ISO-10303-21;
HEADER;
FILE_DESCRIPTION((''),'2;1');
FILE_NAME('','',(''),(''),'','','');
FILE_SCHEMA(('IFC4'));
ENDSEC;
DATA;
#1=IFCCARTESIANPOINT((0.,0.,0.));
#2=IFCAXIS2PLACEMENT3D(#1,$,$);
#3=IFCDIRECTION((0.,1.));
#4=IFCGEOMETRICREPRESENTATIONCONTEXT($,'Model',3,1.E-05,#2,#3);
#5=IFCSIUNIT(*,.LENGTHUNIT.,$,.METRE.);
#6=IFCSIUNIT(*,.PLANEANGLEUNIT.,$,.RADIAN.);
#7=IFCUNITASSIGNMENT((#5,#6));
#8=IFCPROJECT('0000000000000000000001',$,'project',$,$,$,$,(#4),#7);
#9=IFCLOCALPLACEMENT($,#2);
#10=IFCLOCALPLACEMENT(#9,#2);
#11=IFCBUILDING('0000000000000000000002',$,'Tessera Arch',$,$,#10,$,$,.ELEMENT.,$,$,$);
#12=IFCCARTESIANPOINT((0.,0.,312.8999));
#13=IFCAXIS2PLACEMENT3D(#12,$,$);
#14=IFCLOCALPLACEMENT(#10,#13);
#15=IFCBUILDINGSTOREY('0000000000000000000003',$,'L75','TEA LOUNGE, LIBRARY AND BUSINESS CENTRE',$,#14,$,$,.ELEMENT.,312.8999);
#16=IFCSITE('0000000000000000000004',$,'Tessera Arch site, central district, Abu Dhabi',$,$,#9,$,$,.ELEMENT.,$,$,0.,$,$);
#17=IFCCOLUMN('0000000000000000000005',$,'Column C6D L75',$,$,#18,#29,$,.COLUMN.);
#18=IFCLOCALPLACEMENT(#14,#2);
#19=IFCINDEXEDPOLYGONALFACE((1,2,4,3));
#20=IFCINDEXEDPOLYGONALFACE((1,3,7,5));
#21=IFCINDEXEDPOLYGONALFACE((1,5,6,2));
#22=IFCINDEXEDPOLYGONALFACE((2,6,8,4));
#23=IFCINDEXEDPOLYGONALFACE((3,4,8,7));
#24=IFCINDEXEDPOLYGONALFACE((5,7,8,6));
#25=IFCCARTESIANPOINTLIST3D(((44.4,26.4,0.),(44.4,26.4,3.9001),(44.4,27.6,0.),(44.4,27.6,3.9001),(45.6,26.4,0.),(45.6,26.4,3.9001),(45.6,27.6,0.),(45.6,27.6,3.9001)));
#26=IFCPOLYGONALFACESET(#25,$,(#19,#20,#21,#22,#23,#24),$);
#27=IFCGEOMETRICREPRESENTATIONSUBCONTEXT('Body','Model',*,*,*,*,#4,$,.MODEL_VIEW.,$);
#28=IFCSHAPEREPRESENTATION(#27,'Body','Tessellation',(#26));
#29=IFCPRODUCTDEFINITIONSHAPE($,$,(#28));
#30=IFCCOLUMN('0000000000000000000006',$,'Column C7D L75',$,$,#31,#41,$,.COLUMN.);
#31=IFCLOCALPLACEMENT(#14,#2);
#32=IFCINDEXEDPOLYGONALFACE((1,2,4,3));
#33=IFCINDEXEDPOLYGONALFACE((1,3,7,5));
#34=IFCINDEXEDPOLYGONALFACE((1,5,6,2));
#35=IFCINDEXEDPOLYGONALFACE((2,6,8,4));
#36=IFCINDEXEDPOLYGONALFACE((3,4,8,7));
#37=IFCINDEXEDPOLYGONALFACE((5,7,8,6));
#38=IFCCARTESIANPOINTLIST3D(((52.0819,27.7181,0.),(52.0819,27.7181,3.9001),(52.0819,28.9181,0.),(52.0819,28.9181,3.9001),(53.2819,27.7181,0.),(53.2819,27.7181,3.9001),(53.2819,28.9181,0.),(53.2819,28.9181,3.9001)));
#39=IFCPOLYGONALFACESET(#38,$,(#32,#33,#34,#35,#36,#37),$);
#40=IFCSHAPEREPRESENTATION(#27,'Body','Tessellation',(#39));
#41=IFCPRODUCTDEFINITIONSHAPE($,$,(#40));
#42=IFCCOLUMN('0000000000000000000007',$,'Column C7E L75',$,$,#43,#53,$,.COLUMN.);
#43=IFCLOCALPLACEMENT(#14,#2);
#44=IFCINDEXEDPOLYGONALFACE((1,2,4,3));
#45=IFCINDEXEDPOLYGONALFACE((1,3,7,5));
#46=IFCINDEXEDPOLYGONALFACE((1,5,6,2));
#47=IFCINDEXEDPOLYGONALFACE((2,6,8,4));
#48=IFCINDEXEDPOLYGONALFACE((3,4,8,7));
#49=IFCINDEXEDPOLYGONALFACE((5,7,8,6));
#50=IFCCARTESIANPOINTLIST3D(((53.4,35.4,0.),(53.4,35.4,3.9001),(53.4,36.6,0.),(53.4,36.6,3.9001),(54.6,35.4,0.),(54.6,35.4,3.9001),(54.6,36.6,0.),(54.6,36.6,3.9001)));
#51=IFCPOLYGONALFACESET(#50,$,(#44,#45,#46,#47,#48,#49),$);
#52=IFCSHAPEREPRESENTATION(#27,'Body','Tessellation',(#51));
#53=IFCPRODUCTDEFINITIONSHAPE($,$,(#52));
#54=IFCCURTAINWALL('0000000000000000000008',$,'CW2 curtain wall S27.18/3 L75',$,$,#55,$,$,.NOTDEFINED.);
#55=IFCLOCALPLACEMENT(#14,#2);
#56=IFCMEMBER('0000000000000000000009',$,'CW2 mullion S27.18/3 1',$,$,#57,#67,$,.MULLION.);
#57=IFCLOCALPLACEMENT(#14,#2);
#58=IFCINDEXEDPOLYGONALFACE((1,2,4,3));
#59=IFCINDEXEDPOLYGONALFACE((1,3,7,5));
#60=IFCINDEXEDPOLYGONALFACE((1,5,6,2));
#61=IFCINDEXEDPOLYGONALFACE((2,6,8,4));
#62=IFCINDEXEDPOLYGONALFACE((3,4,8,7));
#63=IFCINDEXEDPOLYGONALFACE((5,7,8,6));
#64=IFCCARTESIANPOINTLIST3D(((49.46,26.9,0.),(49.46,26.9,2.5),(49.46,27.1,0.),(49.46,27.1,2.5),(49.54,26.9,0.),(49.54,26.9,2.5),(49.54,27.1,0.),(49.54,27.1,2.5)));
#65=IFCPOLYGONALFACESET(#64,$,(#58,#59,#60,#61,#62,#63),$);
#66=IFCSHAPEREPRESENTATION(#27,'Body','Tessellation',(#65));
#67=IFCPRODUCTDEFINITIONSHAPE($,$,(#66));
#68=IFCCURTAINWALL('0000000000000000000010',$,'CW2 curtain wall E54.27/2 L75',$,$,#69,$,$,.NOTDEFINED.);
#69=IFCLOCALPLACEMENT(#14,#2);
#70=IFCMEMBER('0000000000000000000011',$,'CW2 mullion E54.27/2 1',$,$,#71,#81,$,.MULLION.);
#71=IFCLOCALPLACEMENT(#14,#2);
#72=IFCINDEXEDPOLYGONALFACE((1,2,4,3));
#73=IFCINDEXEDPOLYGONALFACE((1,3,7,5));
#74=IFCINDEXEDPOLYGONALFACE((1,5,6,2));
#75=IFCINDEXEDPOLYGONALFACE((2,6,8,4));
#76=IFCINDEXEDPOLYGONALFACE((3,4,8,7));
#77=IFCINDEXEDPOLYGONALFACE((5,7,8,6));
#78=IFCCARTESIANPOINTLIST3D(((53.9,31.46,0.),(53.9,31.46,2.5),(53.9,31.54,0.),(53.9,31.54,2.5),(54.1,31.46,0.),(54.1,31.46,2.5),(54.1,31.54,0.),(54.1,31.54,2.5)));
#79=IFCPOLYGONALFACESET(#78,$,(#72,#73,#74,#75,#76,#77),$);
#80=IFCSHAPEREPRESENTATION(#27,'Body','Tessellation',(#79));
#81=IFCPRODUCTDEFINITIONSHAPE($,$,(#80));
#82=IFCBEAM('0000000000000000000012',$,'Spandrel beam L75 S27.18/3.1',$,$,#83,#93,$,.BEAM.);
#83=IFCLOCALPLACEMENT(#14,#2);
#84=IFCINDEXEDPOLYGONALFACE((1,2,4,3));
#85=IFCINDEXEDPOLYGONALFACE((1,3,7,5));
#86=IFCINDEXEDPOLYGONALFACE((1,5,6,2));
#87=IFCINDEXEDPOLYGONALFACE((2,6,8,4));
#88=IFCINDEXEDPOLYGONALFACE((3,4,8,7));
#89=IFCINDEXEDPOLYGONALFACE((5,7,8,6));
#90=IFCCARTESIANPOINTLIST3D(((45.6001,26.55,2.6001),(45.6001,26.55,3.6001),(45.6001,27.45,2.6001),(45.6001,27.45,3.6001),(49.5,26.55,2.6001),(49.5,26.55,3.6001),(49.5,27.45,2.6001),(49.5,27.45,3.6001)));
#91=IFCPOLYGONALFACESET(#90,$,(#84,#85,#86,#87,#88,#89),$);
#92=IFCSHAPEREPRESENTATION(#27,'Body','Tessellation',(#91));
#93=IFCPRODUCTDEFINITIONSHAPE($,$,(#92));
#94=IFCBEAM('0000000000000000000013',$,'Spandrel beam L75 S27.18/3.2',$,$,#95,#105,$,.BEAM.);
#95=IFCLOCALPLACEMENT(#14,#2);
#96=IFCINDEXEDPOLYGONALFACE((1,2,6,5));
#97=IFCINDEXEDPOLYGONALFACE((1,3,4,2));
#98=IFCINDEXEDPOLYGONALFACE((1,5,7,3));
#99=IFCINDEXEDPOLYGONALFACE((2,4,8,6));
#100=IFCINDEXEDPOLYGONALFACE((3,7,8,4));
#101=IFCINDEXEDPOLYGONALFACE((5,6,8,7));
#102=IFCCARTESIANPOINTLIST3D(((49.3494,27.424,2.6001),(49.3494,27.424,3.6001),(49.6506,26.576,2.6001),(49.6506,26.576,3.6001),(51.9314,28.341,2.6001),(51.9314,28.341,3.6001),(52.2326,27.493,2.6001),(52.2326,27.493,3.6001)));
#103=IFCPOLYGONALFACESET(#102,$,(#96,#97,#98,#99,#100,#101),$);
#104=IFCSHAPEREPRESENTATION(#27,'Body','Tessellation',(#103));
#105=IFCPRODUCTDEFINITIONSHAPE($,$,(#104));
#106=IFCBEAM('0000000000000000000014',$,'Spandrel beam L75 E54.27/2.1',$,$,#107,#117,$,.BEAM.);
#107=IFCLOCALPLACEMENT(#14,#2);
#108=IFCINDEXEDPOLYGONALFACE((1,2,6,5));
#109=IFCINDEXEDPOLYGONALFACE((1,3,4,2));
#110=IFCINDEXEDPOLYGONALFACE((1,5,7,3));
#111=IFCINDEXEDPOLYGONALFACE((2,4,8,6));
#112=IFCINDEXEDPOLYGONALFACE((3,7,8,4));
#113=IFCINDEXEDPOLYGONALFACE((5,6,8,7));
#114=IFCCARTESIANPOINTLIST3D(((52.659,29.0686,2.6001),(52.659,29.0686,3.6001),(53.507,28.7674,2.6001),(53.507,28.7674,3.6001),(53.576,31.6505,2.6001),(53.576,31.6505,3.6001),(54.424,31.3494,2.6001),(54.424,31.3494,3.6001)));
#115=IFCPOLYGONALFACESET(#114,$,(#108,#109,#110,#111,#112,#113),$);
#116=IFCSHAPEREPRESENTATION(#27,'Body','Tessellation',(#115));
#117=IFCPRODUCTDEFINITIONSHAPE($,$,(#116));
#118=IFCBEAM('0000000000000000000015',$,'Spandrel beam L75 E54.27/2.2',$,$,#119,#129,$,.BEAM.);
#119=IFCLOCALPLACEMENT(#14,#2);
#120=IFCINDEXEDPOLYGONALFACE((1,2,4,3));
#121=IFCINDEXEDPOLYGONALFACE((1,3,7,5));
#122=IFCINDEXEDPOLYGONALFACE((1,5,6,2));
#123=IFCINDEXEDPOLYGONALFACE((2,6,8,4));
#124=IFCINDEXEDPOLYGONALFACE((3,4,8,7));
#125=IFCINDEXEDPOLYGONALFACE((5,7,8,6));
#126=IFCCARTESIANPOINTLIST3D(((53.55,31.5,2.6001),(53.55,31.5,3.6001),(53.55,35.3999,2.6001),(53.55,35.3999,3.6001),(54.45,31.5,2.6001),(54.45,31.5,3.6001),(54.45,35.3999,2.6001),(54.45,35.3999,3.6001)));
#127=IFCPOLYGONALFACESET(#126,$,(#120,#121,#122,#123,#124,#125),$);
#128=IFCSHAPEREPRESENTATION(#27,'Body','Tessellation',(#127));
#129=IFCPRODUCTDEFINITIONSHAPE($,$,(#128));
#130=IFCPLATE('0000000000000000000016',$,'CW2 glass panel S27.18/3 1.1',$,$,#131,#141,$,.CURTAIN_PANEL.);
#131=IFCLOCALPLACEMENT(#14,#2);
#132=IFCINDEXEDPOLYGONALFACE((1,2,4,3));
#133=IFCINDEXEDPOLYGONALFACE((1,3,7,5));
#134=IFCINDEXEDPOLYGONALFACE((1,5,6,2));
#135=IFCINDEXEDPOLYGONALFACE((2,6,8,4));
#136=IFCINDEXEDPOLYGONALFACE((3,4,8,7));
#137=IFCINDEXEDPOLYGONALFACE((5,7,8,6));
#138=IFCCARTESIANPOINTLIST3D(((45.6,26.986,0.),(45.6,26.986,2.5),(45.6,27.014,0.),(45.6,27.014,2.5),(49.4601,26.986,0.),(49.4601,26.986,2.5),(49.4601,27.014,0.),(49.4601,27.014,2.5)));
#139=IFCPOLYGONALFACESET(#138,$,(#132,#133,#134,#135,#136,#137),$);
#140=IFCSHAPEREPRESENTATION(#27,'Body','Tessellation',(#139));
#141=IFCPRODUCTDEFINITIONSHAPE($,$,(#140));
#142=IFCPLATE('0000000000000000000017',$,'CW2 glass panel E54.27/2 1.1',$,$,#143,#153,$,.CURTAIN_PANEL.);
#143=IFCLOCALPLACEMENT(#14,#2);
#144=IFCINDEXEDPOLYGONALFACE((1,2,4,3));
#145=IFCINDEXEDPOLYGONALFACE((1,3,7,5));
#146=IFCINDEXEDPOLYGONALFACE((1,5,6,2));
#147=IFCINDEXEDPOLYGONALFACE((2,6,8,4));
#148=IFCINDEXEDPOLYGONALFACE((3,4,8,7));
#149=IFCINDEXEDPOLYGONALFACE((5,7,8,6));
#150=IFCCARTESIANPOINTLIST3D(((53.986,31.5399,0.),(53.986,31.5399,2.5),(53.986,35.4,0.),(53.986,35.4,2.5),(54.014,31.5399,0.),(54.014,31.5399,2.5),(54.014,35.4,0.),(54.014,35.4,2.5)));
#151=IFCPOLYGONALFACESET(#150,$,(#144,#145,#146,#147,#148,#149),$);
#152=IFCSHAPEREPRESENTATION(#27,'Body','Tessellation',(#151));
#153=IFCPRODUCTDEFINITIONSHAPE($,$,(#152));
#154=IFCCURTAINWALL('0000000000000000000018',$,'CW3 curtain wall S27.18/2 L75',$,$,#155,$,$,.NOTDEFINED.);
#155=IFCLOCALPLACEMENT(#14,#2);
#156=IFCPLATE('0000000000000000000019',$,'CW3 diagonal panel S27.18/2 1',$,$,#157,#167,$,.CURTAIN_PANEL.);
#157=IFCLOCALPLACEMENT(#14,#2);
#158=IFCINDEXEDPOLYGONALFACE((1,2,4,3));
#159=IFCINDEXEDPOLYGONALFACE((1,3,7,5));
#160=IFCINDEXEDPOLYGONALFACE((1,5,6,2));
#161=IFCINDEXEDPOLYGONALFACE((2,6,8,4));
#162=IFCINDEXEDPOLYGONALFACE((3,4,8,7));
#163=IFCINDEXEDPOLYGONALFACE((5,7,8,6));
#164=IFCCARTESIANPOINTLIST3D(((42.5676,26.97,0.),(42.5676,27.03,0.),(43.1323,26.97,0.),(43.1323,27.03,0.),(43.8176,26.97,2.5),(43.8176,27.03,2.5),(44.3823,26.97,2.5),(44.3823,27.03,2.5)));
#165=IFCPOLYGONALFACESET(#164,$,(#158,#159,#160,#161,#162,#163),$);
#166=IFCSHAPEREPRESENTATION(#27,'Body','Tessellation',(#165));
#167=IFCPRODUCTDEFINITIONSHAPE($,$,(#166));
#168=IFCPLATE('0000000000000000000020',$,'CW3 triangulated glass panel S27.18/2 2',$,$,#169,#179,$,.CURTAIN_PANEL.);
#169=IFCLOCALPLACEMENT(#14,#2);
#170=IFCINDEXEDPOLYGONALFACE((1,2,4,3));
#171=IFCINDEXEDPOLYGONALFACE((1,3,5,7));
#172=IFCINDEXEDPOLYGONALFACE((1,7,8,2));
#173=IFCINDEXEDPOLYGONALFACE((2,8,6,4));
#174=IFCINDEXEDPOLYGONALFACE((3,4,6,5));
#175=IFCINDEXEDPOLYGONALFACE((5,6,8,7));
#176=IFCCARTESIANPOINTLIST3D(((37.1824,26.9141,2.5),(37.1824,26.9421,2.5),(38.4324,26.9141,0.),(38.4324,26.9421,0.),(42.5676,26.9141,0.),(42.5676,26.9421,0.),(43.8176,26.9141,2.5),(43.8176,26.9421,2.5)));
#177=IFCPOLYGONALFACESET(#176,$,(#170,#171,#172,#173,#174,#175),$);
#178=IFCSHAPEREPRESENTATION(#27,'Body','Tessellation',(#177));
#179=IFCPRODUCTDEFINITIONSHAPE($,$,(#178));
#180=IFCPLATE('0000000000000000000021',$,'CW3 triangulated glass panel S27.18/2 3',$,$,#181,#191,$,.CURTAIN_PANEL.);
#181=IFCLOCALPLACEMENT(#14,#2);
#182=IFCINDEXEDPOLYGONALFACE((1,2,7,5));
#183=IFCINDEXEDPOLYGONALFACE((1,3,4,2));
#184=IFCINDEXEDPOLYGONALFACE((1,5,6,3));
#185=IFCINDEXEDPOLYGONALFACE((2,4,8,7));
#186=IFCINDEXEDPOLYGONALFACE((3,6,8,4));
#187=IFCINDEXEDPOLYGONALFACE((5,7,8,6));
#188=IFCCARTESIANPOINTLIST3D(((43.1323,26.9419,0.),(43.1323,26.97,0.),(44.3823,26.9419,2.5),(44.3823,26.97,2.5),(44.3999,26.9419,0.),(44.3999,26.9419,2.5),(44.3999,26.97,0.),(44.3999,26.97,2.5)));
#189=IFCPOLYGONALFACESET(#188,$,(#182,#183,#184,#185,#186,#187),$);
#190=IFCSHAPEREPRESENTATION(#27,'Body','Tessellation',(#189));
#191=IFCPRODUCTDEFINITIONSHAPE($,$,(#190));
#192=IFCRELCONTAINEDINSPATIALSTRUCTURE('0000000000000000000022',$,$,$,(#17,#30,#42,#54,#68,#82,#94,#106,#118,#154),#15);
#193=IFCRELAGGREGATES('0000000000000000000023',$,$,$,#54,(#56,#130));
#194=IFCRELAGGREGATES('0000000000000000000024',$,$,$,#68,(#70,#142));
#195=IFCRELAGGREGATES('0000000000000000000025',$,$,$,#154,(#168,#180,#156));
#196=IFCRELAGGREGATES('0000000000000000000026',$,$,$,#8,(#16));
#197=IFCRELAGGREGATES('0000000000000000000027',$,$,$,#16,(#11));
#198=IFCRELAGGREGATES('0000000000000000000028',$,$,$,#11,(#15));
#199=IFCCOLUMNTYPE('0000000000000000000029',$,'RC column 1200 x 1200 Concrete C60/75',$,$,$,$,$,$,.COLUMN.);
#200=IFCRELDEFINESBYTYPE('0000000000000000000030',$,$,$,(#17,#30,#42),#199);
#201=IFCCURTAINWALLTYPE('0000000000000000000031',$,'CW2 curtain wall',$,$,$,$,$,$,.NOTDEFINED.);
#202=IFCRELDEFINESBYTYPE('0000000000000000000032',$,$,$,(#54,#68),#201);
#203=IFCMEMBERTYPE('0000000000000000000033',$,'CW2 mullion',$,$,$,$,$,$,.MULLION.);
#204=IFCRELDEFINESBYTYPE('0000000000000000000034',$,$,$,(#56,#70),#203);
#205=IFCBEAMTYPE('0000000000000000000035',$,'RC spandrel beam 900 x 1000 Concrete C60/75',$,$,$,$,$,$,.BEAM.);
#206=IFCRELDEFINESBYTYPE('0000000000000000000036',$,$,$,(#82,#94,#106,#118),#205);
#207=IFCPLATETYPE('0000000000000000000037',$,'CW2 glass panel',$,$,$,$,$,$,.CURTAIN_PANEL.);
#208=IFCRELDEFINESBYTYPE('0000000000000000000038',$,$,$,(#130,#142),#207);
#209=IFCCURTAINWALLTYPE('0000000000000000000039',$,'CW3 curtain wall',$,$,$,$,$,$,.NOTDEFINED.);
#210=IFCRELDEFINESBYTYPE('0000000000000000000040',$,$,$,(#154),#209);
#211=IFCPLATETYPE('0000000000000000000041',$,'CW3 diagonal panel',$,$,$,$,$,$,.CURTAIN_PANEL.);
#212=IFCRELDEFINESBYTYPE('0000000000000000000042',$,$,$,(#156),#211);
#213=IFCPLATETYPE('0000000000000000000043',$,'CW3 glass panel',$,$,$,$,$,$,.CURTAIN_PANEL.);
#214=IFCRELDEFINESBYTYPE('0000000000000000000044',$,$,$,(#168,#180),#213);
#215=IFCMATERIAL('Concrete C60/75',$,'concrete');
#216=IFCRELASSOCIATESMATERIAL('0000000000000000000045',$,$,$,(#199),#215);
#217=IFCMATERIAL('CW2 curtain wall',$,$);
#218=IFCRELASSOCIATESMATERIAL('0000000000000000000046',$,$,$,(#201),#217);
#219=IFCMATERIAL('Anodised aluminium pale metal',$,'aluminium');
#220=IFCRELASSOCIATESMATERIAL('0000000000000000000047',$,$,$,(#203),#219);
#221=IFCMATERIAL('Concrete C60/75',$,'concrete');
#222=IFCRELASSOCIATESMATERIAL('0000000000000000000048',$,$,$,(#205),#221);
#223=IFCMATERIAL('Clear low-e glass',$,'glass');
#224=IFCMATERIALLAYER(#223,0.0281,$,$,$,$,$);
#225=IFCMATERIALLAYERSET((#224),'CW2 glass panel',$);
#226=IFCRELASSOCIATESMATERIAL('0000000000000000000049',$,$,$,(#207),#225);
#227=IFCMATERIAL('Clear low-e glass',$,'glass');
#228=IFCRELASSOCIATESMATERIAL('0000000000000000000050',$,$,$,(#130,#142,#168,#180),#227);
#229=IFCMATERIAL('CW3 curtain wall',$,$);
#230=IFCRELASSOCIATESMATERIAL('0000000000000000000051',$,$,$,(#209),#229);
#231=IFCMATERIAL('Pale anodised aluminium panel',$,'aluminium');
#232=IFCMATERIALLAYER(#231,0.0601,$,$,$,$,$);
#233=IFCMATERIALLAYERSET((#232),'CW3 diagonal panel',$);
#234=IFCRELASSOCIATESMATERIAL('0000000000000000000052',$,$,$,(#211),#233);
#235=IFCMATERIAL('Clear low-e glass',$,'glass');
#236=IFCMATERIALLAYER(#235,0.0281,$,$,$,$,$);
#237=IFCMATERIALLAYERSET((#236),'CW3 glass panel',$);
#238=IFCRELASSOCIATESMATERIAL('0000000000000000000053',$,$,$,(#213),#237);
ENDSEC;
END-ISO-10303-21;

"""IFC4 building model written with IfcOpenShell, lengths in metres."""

from ifc_helpers import new_model, si_unit, direction, frame, origin, origin_2d, place, context, subcontext, project, spatial, polyline, rectangle, outline, extrude, material, layer, layer_set, material_profile, profile_set, type_object, element, aggregate, save


model = new_model("IFC4")

# Units and contexts
model_context = context("Model", 3, precision=1e-05, world=origin(), true_north=direction((0.0, 1.0)))
body_context = subcontext(model_context, "Body", "Model", "MODEL_VIEW")
ifc_project = project(units=[si_unit("LENGTHUNIT", "METRE"), si_unit("PLANEANGLEUNIT", "RADIAN")], contexts=[model_context])

# Site, building, storey
site_placement = place(None, origin())
site = spatial("IfcSite", under=ifc_project, at=site_placement, Name="Tessera Arch site, central district, Abu Dhabi", CompositionType="ELEMENT", RefElevation=0.0)
building_placement = place(site_placement, origin())
building = spatial("IfcBuilding", under=site, at=building_placement, Name="Tessera Arch", CompositionType="ELEMENT")
storey_placement = place(building_placement, frame((0.0, 0.0, 312.8999)))
storey = spatial("IfcBuildingStorey", under=building, at=storey_placement, Name="L75", Description="TEA LOUNGE, LIBRARY AND BUSINESS CENTRE", CompositionType="ELEMENT", Elevation=312.8999)

# Columns
ifc_material_1 = material(Name="Concrete C60/75", Category="concrete")
ifc_material_profile_1 = material_profile(ifc_material_1, rectangle(XDim=1.2, YDim=1.2, at=origin_2d()), Name="RC column 1200 x 1200 Concrete C60/75")
ifc_profile_set_1 = profile_set([ifc_material_profile_1], Name="Concrete C60/75")
column_type = type_object("IfcColumnType", Name="RC column 1200 x 1200 Concrete C60/75", PredefinedType="COLUMN", material=ifc_profile_set_1)
for number, where, z_axis, x_axis, name in (
    (1, (45.0, 27.0, 0.0), (0.0, 0.0, 1.0), (1.0, 0.0, 0.0), "Column C6D L75"),
    (2, (52.6819, 28.3181, 0.0), (0.0, 0.0, 1.0), (1.0, 0.0, 0.0), "Column C7D L75"),
    (3, (54.0, 36.0, 0.0), (0.0, 0.0, 1.0), (1.0, 0.0, 0.0), "Column C7E L75"),
):
    element("IfcColumn", number, at=place(storey_placement, frame(where, z_axis=z_axis, x_axis=x_axis)), inside=storey, type_object=column_type, Name=name, PredefinedType="COLUMN", context=body_context, shape_type="SweptSolid", body=[
        extrude(rectangle(XDim=1.2, YDim=1.2, at=origin_2d()), origin(), (0.0, 0.0, 1.0), 3.9001),
    ])

# Curtain walls, members
ifc_material_2 = material(Name="CW2 curtain wall")
curtain_wall_type_1 = type_object("IfcCurtainWallType", Name="CW2 curtain wall", PredefinedType="NOTDEFINED", material=ifc_material_2)
curtain_wall_1_placement = place(storey_placement, origin())
curtain_wall_1 = element("IfcCurtainWall", 4, at=curtain_wall_1_placement, inside=storey, type_object=curtain_wall_type_1, Name="CW2 curtain wall S27.18/3 L75", PredefinedType="NOTDEFINED")
ifc_material_3 = material(Name="Anodised aluminium pale metal", Category="aluminium")
ifc_material_profile_2 = material_profile(ifc_material_3, rectangle(XDim=0.2, YDim=0.0801, at=origin_2d()), Name="AL 80x200")
ifc_profile_set_2 = profile_set([ifc_material_profile_2], Name="Anodised aluminium pale metal")
member_type = type_object("IfcMemberType", Name="CW2 mullion", PredefinedType="MULLION", material=ifc_profile_set_2)
member_1_placement = place(storey_placement, frame((49.5, 27.0, 0.0), z_axis=(0.0, 0.0, 1.0), x_axis=(0.0, 1.0, 0.0)))
member_1 = element("IfcMember", 5, at=member_1_placement, type_object=member_type, Name="CW2 mullion S27.18/3 1", PredefinedType="MULLION", context=body_context, shape_type="SweptSolid", body=[
    extrude(rectangle(XDim=0.2, YDim=0.0801, at=origin_2d()), origin(), (0.0, 0.0, 1.0), 2.5),
])
curtain_wall_2_placement = place(storey_placement, origin())
curtain_wall_2 = element("IfcCurtainWall", 6, at=curtain_wall_2_placement, inside=storey, type_object=curtain_wall_type_1, Name="CW2 curtain wall E54.27/2 L75", PredefinedType="NOTDEFINED")
member_2_placement = place(storey_placement, frame((54.0, 31.5, 0.0), z_axis=(0.0, 0.0, 1.0), x_axis=(-1.0, 0.0, 0.0)))
member_2 = element("IfcMember", 7, at=member_2_placement, type_object=member_type, Name="CW2 mullion E54.27/2 1", PredefinedType="MULLION", context=body_context, shape_type="SweptSolid", body=[
    extrude(rectangle(XDim=0.2, YDim=0.0801, at=origin_2d()), origin(), (0.0, 0.0, 1.0), 2.5),
])

# Beams
ifc_material_4 = material(Name="Concrete C60/75", Category="concrete")
ifc_material_profile_3 = material_profile(ifc_material_4, rectangle(XDim=0.8999, YDim=1.0, at=origin_2d()), Name="RC spandrel beam 900 x 1000 Concrete C60/75")
ifc_profile_set_3 = profile_set([ifc_material_profile_3], Name="Concrete C60/75")
beam_type = type_object("IfcBeamType", Name="RC spandrel beam 900 x 1000 Concrete C60/75", PredefinedType="BEAM", material=ifc_profile_set_3)
beam_1_placement = place(storey_placement, frame((45.6001, 27.0, 3.1001), z_axis=(1.0, 0.0, 0.0), x_axis=(0.0, 1.0, 0.0)))
element("IfcBeam", 8, at=beam_1_placement, inside=storey, type_object=beam_type, Name="Spandrel beam L75 S27.18/3.1", PredefinedType="BEAM", context=body_context, shape_type="SweptSolid", body=[
    extrude(rectangle(XDim=0.8999, YDim=1.0, at=origin_2d()), origin(), (0.0, 0.0, 1.0), 3.8999),
])
for number, where, z_axis, x_axis, name in (
    (9, (49.5, 27.0, 3.1001), (0.942337, 0.334665, 0.0), (-0.334665, 0.942337, 0.0), "Spandrel beam L75 S27.18/3.2"),
    (10, (53.083, 28.918, 3.1001), (0.334665, 0.942337, 0.0), (-0.942337, 0.334665, 0.0), "Spandrel beam L75 E54.27/2.1"),
):
    element("IfcBeam", number, at=place(storey_placement, frame(where, z_axis=z_axis, x_axis=x_axis)), inside=storey, type_object=beam_type, Name=name, PredefinedType="BEAM", context=body_context, shape_type="SweptSolid", body=[
        extrude(rectangle(XDim=0.8999, YDim=1.0, at=origin_2d()), origin(), (0.0, 0.0, 1.0), 2.74),
    ])
beam_2_placement = place(storey_placement, frame((54.0, 31.5, 3.1001), z_axis=(0.0, 1.0, 0.0), x_axis=(-1.0, 0.0, 0.0)))
element("IfcBeam", 11, at=beam_2_placement, inside=storey, type_object=beam_type, Name="Spandrel beam L75 E54.27/2.2", PredefinedType="BEAM", context=body_context, shape_type="SweptSolid", body=[
    extrude(rectangle(XDim=0.8999, YDim=1.0, at=origin_2d()), origin(), (0.0, 0.0, 1.0), 3.8999),
])

# Plates
ifc_material_5 = material(Name="Clear low-e glass", Category="glass")
ifc_material_6 = material(Name="Clear low-e glass", Category="glass")
ifc_layer_1 = layer(ifc_material_6, 0.0281)
ifc_layer_set_1 = layer_set([ifc_layer_1], Name="CW2 glass panel")
plate_type_1 = type_object("IfcPlateType", Name="CW2 glass panel", PredefinedType="CURTAIN_PANEL", material=ifc_layer_set_1)
plate_1_placement = place(storey_placement, frame((47.53, 27.0, 0.0), z_axis=(0.0, 0.0, 1.0), x_axis=(1.0, 0.0, 0.0)))
plate_1 = element("IfcPlate", 12, at=plate_1_placement, type_object=plate_type_1, material=ifc_material_5, Name="CW2 glass panel S27.18/3 1.1", PredefinedType="CURTAIN_PANEL", context=body_context, shape_type="SweptSolid", body=[
    extrude(rectangle(XDim=3.8601, YDim=0.0281, at=origin_2d()), origin(), (0.0, 0.0, 1.0), 2.5),
])
aggregate(curtain_wall_1, [member_1, plate_1])
plate_2_placement = place(storey_placement, frame((54.0, 33.47, 0.0), z_axis=(0.0, 0.0, 1.0), x_axis=(0.0, 1.0, 0.0)))
plate_2 = element("IfcPlate", 13, at=plate_2_placement, type_object=plate_type_1, material=ifc_material_5, Name="CW2 glass panel E54.27/2 1.1", PredefinedType="CURTAIN_PANEL", context=body_context, shape_type="SweptSolid", body=[
    extrude(rectangle(XDim=3.8601, YDim=0.0281, at=origin_2d()), origin(), (0.0, 0.0, 1.0), 2.5),
])
aggregate(curtain_wall_2, [member_2, plate_2])

# Curtain wall, plates
ifc_material_7 = material(Name="CW3 curtain wall")
curtain_wall_type_2 = type_object("IfcCurtainWallType", Name="CW3 curtain wall", PredefinedType="NOTDEFINED", material=ifc_material_7)
curtain_wall_3_placement = place(storey_placement, origin())
curtain_wall_3 = element("IfcCurtainWall", 14, at=curtain_wall_3_placement, inside=storey, type_object=curtain_wall_type_2, Name="CW3 curtain wall S27.18/2 L75", PredefinedType="NOTDEFINED")
ifc_material_8 = material(Name="Pale anodised aluminium panel", Category="aluminium")
ifc_layer_2 = layer(ifc_material_8, 0.0601)
ifc_layer_set_2 = layer_set([ifc_layer_2], Name="CW3 diagonal panel")
plate_type_2 = type_object("IfcPlateType", Name="CW3 diagonal panel", PredefinedType="CURTAIN_PANEL", material=ifc_layer_set_2)
plate_3_placement = place(storey_placement, frame((44.3823, 26.97, 2.5), z_axis=(0.0, -1.0, 0.0), x_axis=(-1.0, 0.0, 0.0)))
plate_3 = element("IfcPlate", 15, at=plate_3_placement, type_object=plate_type_2, Name="CW3 diagonal panel S27.18/2 1", PredefinedType="CURTAIN_PANEL", context=body_context, shape_type="SweptSolid", body=[
    extrude(outline(polyline([(0.0, 0.0), (0.5647, 0.0), (1.8147, 2.5), (1.25, 2.5), (0.0, 0.0)])), origin(), (0.0, 0.0, -1.0), 0.0601),
])
ifc_material_9 = material(Name="Clear low-e glass", Category="glass")
ifc_layer_3 = layer(ifc_material_9, 0.0281)
ifc_layer_set_3 = layer_set([ifc_layer_3], Name="CW3 glass panel")
plate_type_3 = type_object("IfcPlateType", Name="CW3 glass panel", PredefinedType="CURTAIN_PANEL", material=ifc_layer_set_3)
plate_4_placement = place(storey_placement, frame((43.8176, 26.9141, 2.5), z_axis=(0.0, -1.0, 0.0), x_axis=(-1.0, 0.0, 0.0)))
plate_4 = element("IfcPlate", 16, at=plate_4_placement, type_object=plate_type_3, material=ifc_material_5, Name="CW3 triangulated glass panel S27.18/2 2", PredefinedType="CURTAIN_PANEL", context=body_context, shape_type="SweptSolid", body=[
    extrude(outline(polyline([(0.0, 0.0), (6.6353, 0.0), (5.3853, 2.5), (1.25, 2.5), (0.0, 0.0)])), origin(), (0.0, 0.0, -1.0), 0.0281),
])
plate_5_placement = place(storey_placement, frame((44.3999, 26.9419, 2.5), z_axis=(0.0, -1.0, 0.0), x_axis=(-1.0, 0.0, 0.0)))
plate_5 = element("IfcPlate", 17, at=plate_5_placement, type_object=plate_type_3, material=ifc_material_5, Name="CW3 triangulated glass panel S27.18/2 3", PredefinedType="CURTAIN_PANEL", context=body_context, shape_type="SweptSolid", body=[
    extrude(outline(polyline([(0.0, 0.0), (0.0176, 0.0), (1.2676, 2.5), (0.0, 2.5), (0.0, 0.0)])), origin(), (0.0, 0.0, -1.0), 0.0281),
])
aggregate(curtain_wall_3, [plate_4, plate_5, plate_3])

save(model, "model.ifc")
